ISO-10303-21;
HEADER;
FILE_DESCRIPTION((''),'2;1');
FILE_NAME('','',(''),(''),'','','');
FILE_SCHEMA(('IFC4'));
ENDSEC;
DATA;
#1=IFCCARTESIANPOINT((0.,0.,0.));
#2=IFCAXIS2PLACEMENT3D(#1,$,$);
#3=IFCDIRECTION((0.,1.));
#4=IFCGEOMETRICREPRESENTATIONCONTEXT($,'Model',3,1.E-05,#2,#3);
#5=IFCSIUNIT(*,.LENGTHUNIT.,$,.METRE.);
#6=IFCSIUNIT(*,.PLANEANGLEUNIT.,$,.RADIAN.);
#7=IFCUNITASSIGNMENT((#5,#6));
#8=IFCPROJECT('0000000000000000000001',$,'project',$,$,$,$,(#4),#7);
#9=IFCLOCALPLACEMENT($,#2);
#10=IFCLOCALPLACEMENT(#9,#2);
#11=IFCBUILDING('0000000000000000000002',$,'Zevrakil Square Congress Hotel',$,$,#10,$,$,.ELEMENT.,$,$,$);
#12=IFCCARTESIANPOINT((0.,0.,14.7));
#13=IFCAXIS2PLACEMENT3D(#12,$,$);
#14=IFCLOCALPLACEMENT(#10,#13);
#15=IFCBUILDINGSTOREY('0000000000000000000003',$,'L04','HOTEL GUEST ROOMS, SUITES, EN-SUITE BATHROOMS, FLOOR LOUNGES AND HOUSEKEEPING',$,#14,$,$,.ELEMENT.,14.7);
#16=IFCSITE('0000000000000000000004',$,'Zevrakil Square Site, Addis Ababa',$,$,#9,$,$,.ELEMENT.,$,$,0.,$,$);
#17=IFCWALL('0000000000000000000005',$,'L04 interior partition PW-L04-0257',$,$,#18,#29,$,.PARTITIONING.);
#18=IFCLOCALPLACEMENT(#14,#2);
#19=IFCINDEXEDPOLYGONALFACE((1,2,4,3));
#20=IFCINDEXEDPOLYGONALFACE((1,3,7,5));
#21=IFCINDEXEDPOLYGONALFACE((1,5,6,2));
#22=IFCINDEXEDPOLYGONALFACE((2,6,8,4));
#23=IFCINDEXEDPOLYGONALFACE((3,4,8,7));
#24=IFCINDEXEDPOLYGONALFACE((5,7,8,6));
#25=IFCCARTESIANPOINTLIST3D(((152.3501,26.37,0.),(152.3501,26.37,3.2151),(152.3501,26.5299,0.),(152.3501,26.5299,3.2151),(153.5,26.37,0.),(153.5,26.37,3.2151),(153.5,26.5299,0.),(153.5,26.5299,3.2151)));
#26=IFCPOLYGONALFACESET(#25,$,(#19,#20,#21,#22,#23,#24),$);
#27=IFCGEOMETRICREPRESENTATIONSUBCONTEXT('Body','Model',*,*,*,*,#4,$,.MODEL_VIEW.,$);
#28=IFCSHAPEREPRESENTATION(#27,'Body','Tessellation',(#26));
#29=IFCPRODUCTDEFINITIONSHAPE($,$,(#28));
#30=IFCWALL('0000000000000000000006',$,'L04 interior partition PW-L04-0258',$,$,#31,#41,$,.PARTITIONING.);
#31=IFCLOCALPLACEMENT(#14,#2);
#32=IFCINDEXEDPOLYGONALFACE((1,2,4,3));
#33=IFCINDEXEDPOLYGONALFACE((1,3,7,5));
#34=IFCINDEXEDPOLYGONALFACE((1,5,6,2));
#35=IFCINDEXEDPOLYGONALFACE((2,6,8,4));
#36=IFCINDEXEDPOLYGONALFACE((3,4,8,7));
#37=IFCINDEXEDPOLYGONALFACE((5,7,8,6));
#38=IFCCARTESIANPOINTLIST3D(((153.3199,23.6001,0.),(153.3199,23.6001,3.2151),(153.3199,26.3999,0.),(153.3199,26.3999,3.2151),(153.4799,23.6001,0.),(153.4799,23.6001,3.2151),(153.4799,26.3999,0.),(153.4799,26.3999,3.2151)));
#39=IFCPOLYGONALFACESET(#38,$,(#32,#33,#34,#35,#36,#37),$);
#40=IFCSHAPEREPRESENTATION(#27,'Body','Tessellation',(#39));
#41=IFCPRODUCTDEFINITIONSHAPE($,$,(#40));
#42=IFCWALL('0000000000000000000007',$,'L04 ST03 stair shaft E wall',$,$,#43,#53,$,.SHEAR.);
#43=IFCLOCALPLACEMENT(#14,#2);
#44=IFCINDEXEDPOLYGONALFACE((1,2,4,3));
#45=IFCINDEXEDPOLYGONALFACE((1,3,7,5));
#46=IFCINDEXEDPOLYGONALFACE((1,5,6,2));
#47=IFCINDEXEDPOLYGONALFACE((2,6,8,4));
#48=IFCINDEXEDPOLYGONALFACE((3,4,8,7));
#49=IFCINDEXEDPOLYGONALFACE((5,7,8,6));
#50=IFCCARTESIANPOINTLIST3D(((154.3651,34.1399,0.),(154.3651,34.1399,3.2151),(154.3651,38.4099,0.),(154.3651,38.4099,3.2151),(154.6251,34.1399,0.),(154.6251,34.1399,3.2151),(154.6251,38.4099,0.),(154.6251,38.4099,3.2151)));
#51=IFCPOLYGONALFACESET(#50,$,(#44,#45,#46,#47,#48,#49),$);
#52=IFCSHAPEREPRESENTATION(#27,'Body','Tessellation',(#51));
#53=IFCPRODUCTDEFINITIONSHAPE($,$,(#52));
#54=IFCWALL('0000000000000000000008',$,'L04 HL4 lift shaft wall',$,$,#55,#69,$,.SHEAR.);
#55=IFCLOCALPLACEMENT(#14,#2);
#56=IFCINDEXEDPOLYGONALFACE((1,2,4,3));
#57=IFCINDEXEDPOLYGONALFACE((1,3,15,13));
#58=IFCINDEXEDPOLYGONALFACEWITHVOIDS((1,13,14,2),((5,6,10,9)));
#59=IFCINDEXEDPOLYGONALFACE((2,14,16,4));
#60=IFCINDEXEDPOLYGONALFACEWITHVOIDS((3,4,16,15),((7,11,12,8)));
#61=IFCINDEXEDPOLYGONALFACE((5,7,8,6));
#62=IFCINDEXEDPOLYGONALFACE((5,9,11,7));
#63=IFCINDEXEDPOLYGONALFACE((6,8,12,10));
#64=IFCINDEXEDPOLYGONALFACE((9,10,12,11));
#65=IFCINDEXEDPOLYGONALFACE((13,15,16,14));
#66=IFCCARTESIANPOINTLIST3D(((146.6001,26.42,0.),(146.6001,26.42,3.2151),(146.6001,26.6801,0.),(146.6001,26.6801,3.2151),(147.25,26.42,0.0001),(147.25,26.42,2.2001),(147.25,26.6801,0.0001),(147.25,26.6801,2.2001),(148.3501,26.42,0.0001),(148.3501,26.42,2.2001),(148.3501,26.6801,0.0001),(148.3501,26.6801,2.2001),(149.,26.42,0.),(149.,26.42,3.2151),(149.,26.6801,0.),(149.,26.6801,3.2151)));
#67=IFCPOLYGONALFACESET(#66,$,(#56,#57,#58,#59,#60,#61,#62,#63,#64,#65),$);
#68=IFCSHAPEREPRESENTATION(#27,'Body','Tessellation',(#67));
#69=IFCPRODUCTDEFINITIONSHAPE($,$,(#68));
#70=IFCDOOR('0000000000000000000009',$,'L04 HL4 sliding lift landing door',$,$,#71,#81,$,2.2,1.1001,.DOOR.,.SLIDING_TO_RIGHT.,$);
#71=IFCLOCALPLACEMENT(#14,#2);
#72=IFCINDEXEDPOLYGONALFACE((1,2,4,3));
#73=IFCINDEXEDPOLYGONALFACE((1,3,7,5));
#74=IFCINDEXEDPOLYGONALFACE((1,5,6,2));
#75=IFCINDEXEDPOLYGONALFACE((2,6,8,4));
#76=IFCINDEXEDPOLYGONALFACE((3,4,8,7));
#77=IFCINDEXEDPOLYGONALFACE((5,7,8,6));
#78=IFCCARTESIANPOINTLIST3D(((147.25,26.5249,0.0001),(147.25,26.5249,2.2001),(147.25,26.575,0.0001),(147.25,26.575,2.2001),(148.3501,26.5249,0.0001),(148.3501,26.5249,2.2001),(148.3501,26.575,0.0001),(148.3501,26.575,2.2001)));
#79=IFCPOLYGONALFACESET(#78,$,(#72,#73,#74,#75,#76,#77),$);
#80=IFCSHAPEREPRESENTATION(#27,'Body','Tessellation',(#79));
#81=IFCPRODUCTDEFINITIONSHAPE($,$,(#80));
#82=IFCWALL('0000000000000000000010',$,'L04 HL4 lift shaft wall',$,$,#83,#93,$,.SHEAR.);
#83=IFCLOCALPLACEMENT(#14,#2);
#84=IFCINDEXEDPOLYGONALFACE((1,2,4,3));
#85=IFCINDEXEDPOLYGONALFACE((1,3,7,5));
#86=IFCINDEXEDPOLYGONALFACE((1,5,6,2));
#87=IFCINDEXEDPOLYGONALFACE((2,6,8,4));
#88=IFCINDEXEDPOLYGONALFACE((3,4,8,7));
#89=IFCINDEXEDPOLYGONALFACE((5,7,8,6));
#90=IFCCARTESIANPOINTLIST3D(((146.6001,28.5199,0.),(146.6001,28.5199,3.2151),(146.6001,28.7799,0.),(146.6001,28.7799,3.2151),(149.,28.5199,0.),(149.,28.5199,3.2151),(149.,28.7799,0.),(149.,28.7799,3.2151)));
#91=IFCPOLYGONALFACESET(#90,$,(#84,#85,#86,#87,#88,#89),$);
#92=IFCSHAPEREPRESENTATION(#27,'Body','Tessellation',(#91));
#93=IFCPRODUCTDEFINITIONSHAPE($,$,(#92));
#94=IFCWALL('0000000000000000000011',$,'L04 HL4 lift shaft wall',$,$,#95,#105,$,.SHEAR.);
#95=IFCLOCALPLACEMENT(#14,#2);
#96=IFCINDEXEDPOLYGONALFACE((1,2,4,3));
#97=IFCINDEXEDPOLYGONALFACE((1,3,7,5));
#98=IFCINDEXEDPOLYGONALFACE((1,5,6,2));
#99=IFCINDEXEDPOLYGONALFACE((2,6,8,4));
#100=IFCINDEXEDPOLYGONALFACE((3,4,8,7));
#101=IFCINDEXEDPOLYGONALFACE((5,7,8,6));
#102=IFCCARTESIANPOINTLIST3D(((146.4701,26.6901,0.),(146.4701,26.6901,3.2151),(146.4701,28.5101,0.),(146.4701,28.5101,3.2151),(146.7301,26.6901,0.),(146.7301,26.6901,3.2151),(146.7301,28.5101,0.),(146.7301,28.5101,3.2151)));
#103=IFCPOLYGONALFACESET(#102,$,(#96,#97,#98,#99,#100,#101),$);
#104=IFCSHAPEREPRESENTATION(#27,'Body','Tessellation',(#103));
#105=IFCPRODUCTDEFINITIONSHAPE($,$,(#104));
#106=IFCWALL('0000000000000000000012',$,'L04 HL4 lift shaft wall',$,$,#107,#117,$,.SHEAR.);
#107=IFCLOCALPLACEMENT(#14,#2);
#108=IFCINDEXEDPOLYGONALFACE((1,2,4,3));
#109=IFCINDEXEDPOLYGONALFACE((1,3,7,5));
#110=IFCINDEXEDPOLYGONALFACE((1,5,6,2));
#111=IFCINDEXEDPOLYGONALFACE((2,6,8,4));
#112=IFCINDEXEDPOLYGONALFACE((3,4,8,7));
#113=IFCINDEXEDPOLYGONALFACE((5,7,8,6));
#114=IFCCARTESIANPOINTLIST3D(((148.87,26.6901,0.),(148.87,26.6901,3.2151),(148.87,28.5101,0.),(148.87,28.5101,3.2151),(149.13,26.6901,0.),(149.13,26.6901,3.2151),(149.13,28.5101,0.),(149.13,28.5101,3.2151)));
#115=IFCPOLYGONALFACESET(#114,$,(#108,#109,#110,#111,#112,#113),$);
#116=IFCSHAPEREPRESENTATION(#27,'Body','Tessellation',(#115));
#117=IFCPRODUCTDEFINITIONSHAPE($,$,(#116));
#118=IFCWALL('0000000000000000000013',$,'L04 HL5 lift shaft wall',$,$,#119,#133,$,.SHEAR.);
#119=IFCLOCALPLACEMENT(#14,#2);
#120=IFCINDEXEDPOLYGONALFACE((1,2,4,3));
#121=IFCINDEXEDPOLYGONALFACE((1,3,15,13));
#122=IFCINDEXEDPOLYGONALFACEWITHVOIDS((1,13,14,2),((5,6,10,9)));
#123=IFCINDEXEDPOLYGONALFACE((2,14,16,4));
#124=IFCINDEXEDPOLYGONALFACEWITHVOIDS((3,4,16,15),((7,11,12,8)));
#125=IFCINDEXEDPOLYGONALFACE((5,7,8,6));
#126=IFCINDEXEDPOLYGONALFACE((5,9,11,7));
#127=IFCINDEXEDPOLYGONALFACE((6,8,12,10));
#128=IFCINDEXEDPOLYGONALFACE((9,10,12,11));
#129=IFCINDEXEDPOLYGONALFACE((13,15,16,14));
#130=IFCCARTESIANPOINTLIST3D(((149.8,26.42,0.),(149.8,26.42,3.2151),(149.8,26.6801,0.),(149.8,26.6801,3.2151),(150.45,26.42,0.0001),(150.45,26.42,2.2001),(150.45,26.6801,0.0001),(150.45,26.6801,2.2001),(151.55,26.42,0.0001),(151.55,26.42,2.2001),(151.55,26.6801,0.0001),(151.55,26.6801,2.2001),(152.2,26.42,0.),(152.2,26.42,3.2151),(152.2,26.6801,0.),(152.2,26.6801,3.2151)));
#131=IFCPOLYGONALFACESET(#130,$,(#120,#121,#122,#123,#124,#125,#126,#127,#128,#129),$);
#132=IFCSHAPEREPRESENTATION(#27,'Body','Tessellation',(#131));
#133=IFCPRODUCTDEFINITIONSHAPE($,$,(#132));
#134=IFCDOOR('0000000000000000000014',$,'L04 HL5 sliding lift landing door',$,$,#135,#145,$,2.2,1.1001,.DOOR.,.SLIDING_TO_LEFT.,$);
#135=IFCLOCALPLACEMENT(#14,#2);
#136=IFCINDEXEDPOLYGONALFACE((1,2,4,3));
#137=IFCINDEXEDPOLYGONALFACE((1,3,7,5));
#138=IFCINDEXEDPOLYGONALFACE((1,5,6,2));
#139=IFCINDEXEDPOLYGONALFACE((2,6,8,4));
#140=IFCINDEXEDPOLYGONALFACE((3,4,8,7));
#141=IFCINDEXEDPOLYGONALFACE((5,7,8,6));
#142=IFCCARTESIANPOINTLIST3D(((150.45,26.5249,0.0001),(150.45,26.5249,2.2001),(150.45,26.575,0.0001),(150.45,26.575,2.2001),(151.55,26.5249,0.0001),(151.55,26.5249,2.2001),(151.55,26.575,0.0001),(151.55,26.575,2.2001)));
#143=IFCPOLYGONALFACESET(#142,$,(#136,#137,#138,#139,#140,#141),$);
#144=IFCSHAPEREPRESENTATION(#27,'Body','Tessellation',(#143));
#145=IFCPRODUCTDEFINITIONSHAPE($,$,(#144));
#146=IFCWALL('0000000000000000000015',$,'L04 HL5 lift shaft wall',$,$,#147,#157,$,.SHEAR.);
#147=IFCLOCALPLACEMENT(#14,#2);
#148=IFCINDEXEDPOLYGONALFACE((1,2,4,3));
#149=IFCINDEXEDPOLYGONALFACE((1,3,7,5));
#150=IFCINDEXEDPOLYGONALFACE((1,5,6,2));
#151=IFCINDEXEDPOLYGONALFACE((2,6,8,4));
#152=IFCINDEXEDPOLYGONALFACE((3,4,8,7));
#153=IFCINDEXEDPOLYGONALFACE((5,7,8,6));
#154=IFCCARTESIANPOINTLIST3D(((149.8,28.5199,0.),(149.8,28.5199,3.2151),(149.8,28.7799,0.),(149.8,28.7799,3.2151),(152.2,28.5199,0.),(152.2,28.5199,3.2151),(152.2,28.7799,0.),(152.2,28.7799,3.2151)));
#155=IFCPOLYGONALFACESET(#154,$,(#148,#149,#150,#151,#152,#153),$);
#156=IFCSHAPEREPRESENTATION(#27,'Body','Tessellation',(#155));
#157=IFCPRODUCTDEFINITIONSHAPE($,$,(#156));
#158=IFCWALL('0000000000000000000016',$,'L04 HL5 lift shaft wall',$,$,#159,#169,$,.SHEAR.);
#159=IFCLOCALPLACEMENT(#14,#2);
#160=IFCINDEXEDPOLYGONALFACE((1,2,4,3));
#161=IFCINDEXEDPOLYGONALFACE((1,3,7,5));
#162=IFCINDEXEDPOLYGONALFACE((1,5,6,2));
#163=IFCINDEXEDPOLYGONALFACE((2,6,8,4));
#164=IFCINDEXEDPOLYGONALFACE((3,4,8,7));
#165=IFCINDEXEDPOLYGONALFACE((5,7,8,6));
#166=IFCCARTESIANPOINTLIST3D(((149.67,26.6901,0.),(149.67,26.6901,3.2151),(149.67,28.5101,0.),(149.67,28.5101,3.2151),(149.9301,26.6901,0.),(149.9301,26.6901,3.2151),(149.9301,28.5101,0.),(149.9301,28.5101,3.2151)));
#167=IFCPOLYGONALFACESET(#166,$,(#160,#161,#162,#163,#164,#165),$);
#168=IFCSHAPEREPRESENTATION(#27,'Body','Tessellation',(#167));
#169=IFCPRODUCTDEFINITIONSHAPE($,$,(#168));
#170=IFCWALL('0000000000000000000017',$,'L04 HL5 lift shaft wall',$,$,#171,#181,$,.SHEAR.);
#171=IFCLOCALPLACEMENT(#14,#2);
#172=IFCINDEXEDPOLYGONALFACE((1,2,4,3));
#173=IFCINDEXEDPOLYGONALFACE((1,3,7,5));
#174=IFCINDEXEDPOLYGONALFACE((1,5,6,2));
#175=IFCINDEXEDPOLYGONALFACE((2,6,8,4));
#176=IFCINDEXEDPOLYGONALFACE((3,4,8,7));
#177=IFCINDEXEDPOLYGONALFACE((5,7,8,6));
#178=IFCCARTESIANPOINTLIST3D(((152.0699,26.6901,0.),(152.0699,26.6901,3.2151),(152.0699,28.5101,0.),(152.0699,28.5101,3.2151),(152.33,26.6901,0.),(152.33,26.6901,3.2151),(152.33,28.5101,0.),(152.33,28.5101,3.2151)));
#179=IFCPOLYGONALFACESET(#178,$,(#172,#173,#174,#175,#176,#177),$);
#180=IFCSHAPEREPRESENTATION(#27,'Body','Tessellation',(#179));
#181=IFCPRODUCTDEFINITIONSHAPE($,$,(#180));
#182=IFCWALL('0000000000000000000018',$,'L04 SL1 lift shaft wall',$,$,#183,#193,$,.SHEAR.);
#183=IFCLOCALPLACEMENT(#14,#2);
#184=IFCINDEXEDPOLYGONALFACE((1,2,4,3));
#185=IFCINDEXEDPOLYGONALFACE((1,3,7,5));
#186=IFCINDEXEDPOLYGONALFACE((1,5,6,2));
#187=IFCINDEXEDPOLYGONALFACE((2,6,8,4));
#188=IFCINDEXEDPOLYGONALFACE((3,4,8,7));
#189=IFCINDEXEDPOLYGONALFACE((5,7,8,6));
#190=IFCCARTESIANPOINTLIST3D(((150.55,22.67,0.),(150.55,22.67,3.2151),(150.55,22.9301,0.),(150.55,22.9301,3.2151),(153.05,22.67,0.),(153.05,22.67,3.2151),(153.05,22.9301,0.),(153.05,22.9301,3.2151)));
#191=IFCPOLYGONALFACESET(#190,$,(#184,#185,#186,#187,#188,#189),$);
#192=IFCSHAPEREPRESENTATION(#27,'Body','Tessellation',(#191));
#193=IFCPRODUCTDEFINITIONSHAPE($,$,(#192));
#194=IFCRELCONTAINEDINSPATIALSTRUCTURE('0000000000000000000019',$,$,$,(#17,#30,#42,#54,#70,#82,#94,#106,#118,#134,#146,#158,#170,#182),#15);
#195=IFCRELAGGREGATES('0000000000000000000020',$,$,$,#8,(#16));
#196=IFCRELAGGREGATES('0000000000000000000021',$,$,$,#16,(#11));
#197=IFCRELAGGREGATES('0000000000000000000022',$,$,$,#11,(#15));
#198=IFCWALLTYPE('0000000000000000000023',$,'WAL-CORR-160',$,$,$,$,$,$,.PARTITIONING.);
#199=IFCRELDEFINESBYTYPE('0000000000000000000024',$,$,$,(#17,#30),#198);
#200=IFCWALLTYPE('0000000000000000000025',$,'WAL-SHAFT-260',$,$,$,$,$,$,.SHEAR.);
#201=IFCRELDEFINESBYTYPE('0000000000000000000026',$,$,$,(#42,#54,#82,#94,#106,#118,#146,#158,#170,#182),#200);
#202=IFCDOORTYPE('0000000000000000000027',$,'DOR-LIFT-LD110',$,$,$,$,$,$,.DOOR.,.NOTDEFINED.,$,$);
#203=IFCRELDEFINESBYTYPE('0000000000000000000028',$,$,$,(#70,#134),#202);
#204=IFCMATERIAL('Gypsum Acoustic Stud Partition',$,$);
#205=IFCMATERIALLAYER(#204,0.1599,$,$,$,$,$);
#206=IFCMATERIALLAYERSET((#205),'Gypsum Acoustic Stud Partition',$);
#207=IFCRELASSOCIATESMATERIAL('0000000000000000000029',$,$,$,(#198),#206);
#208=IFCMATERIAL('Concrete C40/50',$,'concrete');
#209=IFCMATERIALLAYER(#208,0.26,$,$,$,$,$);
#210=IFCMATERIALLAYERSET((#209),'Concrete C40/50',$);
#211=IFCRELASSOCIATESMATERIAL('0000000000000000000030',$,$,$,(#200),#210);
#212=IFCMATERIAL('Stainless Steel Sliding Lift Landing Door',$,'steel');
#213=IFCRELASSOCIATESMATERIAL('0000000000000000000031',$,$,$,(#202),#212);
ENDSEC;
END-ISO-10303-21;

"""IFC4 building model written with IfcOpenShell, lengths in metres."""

from ifc_helpers import new_model, si_unit, direction, frame, frame_2d, origin, place, context, subcontext, project, spatial, rectangle, extrude, material, layer, layer_set, type_object, element, fill, save


model = new_model("IFC4")

# Units and contexts
model_context = context("Model", 3, precision=1e-05, world=origin(), true_north=direction((0.0, 1.0)))
body_context = subcontext(model_context, "Body", "Model", "MODEL_VIEW")
ifc_project = project(units=[si_unit("LENGTHUNIT", "METRE"), si_unit("PLANEANGLEUNIT", "RADIAN")], contexts=[model_context])

# Site, building, storey
site_placement = place(None, origin())
site = spatial("IfcSite", under=ifc_project, at=site_placement, Name="Zevrakil Square Site, Addis Ababa", CompositionType="ELEMENT", RefElevation=0.0)
building_placement = place(site_placement, origin())
building = spatial("IfcBuilding", under=site, at=building_placement, Name="Zevrakil Square Congress Hotel", CompositionType="ELEMENT")
storey_placement = place(building_placement, frame((0.0, 0.0, 14.7)))
storey = spatial("IfcBuildingStorey", under=building, at=storey_placement, Name="L04", Description="HOTEL GUEST ROOMS, SUITES, EN-SUITE BATHROOMS, FLOOR LOUNGES AND HOUSEKEEPING", CompositionType="ELEMENT", Elevation=14.7)

# Shared definitions
ifc_material_1 = material(Name="Gypsum Acoustic Stud Partition")
ifc_layer_1 = layer(ifc_material_1, 0.1599)
ifc_layer_set_1 = layer_set([ifc_layer_1], Name="Gypsum Acoustic Stud Partition")
wall_type_1 = type_object("IfcWallType", Name="WAL-CORR-160", PredefinedType="PARTITIONING", material=ifc_layer_set_1)

# Walls
wall_1_placement = place(storey_placement, frame((152.3501, 26.45, 0.0), z_axis=(0.0, 0.0, 1.0), x_axis=(1.0, 0.0, 0.0)))
element("IfcWall", 1, at=wall_1_placement, inside=storey, type_object=wall_type_1, Name="L04 interior partition PW-L04-0257", PredefinedType="PARTITIONING", context=body_context, shape_type="SweptSolid", body=[
    extrude(rectangle(XDim=1.1499, YDim=0.1599, at=frame_2d((0.575, 0.0))), origin(), (0.0, 0.0, 1.0), 3.2151),
])
wall_2_placement = place(storey_placement, frame((153.3999, 23.6001, 0.0), z_axis=(0.0, 0.0, 1.0), x_axis=(0.0, 1.0, 0.0)))
element("IfcWall", 2, at=wall_2_placement, inside=storey, type_object=wall_type_1, Name="L04 interior partition PW-L04-0258", PredefinedType="PARTITIONING", context=body_context, shape_type="SweptSolid", body=[
    extrude(rectangle(XDim=2.7998, YDim=0.1599, at=frame_2d((1.3999, 0.0))), origin(), (0.0, 0.0, 1.0), 3.2151),
])
ifc_material_2 = material(Name="Concrete C40/50", Category="concrete")
ifc_layer_2 = layer(ifc_material_2, 0.26)
ifc_layer_set_2 = layer_set([ifc_layer_2], Name="Concrete C40/50")
wall_type_2 = type_object("IfcWallType", Name="WAL-SHAFT-260", PredefinedType="SHEAR", material=ifc_layer_set_2)
wall_3_placement = place(storey_placement, frame((154.4951, 34.1399, 0.0), z_axis=(0.0, 0.0, 1.0), x_axis=(0.0, 1.0, 0.0)))
element("IfcWall", 3, at=wall_3_placement, inside=storey, type_object=wall_type_2, Name="L04 ST03 stair shaft E wall", PredefinedType="SHEAR", context=body_context, shape_type="SweptSolid", body=[
    extrude(rectangle(XDim=4.27, YDim=0.26, at=frame_2d((2.135, 0.0))), origin(), (0.0, 0.0, 1.0), 3.2151),
])

# Wall, opening, door
wall_4_placement = place(storey_placement, frame((146.6001, 26.55, 0.0), z_axis=(0.0, 0.0, 1.0), x_axis=(1.0, 0.0, 0.0)))
wall_4 = element("IfcWall", 4, at=wall_4_placement, inside=storey, type_object=wall_type_2, Name="L04 HL4 lift shaft wall", PredefinedType="SHEAR", context=body_context, shape_type="SweptSolid", body=[
    extrude(rectangle(XDim=2.3999, YDim=0.26, at=frame_2d((1.2, 0.0))), origin(), (0.0, 0.0, 1.0), 3.2151),
])
opening_1_placement = place(wall_4_placement, frame((0.6499, 0.0, 0.0)))
opening_1 = element("IfcOpeningElement", 5, at=opening_1_placement, cuts=wall_4, PredefinedType="OPENING", context=body_context, shape_type="SweptSolid", body=[
    extrude(rectangle(XDim=1.1001, YDim=2.2, at=frame_2d((0.55, 1.1001))), frame((0.0, 0.1401, 0.0), z_axis=(0.0, -1.0, 0.0), x_axis=(1.0, 0.0, 0.0)), (0.0, 0.0, 1.0), 0.28),
])
ifc_material_3 = material(Name="Stainless Steel Sliding Lift Landing Door", Category="steel")
door_type_1 = type_object("IfcDoorType", Name="DOR-LIFT-LD110", OperationType="NOTDEFINED", PredefinedType="DOOR", material=ifc_material_3)
door_1_placement = place(opening_1_placement, origin())
door_1 = element("IfcDoor", 6, at=door_1_placement, inside=storey, type_object=door_type_1, Name="L04 HL4 sliding lift landing door", OperationType="SLIDING_TO_RIGHT", OverallHeight=2.2, OverallWidth=1.1001, PredefinedType="DOOR", context=body_context, shape_type="SweptSolid", body=[
    extrude(rectangle(XDim=1.1001, YDim=2.2, at=frame_2d((0.55, 1.1001))), frame((0.0, 0.0249, 0.0), z_axis=(0.0, -1.0, 0.0), x_axis=(1.0, 0.0, 0.0)), (0.0, 0.0, 1.0), 0.05),
])
fill(opening_1, door_1)

# Walls
wall_5_placement = place(storey_placement, frame((146.6001, 28.6499, 0.0), z_axis=(0.0, 0.0, 1.0), x_axis=(1.0, 0.0, 0.0)))
element("IfcWall", 7, at=wall_5_placement, inside=storey, type_object=wall_type_2, Name="L04 HL4 lift shaft wall", PredefinedType="SHEAR", context=body_context, shape_type="SweptSolid", body=[
    extrude(rectangle(XDim=2.3999, YDim=0.26, at=frame_2d((1.2, 0.0))), origin(), (0.0, 0.0, 1.0), 3.2151),
])
for number, where, z_axis, x_axis, name in (
    (8, (146.6001, 26.6899, 0.0), (0.0, 0.0, 1.0), (0.0, 1.0, 0.0), "L04 HL4 lift shaft wall"),
    (9, (149.0, 26.6899, 0.0), (0.0, 0.0, 1.0), (0.0, 1.0, 0.0), "L04 HL4 lift shaft wall"),
):
    element("IfcWall", number, at=place(storey_placement, frame(where, z_axis=z_axis, x_axis=x_axis)), inside=storey, type_object=wall_type_2, Name=name, PredefinedType="SHEAR", context=body_context, shape_type="SweptSolid", body=[
        extrude(rectangle(XDim=1.8201, YDim=0.26, at=frame_2d((0.9102, 0.0))), origin(), (0.0, 0.0, 1.0), 3.2151),
    ])

# Wall, opening, door
wall_6_placement = place(storey_placement, frame((149.8, 26.55, 0.0), z_axis=(0.0, 0.0, 1.0), x_axis=(1.0, 0.0, 0.0)))
wall_6 = element("IfcWall", 10, at=wall_6_placement, inside=storey, type_object=wall_type_2, Name="L04 HL5 lift shaft wall", PredefinedType="SHEAR", context=body_context, shape_type="SweptSolid", body=[
    extrude(rectangle(XDim=2.3999, YDim=0.26, at=frame_2d((1.2, 0.0))), origin(), (0.0, 0.0, 1.0), 3.2151),
])
opening_2_placement = place(wall_6_placement, frame((0.6499, 0.0, 0.0)))
opening_2 = element("IfcOpeningElement", 11, at=opening_2_placement, cuts=wall_6, PredefinedType="OPENING", context=body_context, shape_type="SweptSolid", body=[
    extrude(rectangle(XDim=1.1001, YDim=2.2, at=frame_2d((0.55, 1.1001))), frame((0.0, 0.1401, 0.0), z_axis=(0.0, -1.0, 0.0), x_axis=(1.0, 0.0, 0.0)), (0.0, 0.0, 1.0), 0.28),
])
door_2_placement = place(opening_2_placement, origin())
door_2 = element("IfcDoor", 12, at=door_2_placement, inside=storey, type_object=door_type_1, Name="L04 HL5 sliding lift landing door", OperationType="SLIDING_TO_LEFT", OverallHeight=2.2, OverallWidth=1.1001, PredefinedType="DOOR", context=body_context, shape_type="SweptSolid", body=[
    extrude(rectangle(XDim=1.1001, YDim=2.2, at=frame_2d((0.55, 1.1001))), frame((0.0, 0.0249, 0.0), z_axis=(0.0, -1.0, 0.0), x_axis=(1.0, 0.0, 0.0)), (0.0, 0.0, 1.0), 0.05),
])
fill(opening_2, door_2)

# Walls
wall_7_placement = place(storey_placement, frame((149.8, 28.6499, 0.0), z_axis=(0.0, 0.0, 1.0), x_axis=(1.0, 0.0, 0.0)))
element("IfcWall", 13, at=wall_7_placement, inside=storey, type_object=wall_type_2, Name="L04 HL5 lift shaft wall", PredefinedType="SHEAR", context=body_context, shape_type="SweptSolid", body=[
    extrude(rectangle(XDim=2.3999, YDim=0.26, at=frame_2d((1.2, 0.0))), origin(), (0.0, 0.0, 1.0), 3.2151),
])
for number, where, z_axis, x_axis, name in (
    (14, (149.8, 26.6899, 0.0), (0.0, 0.0, 1.0), (0.0, 1.0, 0.0), "L04 HL5 lift shaft wall"),
    (15, (152.2, 26.6899, 0.0), (0.0, 0.0, 1.0), (0.0, 1.0, 0.0), "L04 HL5 lift shaft wall"),
):
    element("IfcWall", number, at=place(storey_placement, frame(where, z_axis=z_axis, x_axis=x_axis)), inside=storey, type_object=wall_type_2, Name=name, PredefinedType="SHEAR", context=body_context, shape_type="SweptSolid", body=[
        extrude(rectangle(XDim=1.8201, YDim=0.26, at=frame_2d((0.9102, 0.0))), origin(), (0.0, 0.0, 1.0), 3.2151),
    ])
wall_8_placement = place(storey_placement, frame((150.55, 22.8, 0.0), z_axis=(0.0, 0.0, 1.0), x_axis=(1.0, 0.0, 0.0)))
element("IfcWall", 16, at=wall_8_placement, inside=storey, type_object=wall_type_2, Name="L04 SL1 lift shaft wall", PredefinedType="SHEAR", context=body_context, shape_type="SweptSolid", body=[
    extrude(rectangle(XDim=2.5, YDim=0.26, at=frame_2d((1.25, 0.0))), origin(), (0.0, 0.0, 1.0), 3.2151),
])

save(model, "model.ifc")
